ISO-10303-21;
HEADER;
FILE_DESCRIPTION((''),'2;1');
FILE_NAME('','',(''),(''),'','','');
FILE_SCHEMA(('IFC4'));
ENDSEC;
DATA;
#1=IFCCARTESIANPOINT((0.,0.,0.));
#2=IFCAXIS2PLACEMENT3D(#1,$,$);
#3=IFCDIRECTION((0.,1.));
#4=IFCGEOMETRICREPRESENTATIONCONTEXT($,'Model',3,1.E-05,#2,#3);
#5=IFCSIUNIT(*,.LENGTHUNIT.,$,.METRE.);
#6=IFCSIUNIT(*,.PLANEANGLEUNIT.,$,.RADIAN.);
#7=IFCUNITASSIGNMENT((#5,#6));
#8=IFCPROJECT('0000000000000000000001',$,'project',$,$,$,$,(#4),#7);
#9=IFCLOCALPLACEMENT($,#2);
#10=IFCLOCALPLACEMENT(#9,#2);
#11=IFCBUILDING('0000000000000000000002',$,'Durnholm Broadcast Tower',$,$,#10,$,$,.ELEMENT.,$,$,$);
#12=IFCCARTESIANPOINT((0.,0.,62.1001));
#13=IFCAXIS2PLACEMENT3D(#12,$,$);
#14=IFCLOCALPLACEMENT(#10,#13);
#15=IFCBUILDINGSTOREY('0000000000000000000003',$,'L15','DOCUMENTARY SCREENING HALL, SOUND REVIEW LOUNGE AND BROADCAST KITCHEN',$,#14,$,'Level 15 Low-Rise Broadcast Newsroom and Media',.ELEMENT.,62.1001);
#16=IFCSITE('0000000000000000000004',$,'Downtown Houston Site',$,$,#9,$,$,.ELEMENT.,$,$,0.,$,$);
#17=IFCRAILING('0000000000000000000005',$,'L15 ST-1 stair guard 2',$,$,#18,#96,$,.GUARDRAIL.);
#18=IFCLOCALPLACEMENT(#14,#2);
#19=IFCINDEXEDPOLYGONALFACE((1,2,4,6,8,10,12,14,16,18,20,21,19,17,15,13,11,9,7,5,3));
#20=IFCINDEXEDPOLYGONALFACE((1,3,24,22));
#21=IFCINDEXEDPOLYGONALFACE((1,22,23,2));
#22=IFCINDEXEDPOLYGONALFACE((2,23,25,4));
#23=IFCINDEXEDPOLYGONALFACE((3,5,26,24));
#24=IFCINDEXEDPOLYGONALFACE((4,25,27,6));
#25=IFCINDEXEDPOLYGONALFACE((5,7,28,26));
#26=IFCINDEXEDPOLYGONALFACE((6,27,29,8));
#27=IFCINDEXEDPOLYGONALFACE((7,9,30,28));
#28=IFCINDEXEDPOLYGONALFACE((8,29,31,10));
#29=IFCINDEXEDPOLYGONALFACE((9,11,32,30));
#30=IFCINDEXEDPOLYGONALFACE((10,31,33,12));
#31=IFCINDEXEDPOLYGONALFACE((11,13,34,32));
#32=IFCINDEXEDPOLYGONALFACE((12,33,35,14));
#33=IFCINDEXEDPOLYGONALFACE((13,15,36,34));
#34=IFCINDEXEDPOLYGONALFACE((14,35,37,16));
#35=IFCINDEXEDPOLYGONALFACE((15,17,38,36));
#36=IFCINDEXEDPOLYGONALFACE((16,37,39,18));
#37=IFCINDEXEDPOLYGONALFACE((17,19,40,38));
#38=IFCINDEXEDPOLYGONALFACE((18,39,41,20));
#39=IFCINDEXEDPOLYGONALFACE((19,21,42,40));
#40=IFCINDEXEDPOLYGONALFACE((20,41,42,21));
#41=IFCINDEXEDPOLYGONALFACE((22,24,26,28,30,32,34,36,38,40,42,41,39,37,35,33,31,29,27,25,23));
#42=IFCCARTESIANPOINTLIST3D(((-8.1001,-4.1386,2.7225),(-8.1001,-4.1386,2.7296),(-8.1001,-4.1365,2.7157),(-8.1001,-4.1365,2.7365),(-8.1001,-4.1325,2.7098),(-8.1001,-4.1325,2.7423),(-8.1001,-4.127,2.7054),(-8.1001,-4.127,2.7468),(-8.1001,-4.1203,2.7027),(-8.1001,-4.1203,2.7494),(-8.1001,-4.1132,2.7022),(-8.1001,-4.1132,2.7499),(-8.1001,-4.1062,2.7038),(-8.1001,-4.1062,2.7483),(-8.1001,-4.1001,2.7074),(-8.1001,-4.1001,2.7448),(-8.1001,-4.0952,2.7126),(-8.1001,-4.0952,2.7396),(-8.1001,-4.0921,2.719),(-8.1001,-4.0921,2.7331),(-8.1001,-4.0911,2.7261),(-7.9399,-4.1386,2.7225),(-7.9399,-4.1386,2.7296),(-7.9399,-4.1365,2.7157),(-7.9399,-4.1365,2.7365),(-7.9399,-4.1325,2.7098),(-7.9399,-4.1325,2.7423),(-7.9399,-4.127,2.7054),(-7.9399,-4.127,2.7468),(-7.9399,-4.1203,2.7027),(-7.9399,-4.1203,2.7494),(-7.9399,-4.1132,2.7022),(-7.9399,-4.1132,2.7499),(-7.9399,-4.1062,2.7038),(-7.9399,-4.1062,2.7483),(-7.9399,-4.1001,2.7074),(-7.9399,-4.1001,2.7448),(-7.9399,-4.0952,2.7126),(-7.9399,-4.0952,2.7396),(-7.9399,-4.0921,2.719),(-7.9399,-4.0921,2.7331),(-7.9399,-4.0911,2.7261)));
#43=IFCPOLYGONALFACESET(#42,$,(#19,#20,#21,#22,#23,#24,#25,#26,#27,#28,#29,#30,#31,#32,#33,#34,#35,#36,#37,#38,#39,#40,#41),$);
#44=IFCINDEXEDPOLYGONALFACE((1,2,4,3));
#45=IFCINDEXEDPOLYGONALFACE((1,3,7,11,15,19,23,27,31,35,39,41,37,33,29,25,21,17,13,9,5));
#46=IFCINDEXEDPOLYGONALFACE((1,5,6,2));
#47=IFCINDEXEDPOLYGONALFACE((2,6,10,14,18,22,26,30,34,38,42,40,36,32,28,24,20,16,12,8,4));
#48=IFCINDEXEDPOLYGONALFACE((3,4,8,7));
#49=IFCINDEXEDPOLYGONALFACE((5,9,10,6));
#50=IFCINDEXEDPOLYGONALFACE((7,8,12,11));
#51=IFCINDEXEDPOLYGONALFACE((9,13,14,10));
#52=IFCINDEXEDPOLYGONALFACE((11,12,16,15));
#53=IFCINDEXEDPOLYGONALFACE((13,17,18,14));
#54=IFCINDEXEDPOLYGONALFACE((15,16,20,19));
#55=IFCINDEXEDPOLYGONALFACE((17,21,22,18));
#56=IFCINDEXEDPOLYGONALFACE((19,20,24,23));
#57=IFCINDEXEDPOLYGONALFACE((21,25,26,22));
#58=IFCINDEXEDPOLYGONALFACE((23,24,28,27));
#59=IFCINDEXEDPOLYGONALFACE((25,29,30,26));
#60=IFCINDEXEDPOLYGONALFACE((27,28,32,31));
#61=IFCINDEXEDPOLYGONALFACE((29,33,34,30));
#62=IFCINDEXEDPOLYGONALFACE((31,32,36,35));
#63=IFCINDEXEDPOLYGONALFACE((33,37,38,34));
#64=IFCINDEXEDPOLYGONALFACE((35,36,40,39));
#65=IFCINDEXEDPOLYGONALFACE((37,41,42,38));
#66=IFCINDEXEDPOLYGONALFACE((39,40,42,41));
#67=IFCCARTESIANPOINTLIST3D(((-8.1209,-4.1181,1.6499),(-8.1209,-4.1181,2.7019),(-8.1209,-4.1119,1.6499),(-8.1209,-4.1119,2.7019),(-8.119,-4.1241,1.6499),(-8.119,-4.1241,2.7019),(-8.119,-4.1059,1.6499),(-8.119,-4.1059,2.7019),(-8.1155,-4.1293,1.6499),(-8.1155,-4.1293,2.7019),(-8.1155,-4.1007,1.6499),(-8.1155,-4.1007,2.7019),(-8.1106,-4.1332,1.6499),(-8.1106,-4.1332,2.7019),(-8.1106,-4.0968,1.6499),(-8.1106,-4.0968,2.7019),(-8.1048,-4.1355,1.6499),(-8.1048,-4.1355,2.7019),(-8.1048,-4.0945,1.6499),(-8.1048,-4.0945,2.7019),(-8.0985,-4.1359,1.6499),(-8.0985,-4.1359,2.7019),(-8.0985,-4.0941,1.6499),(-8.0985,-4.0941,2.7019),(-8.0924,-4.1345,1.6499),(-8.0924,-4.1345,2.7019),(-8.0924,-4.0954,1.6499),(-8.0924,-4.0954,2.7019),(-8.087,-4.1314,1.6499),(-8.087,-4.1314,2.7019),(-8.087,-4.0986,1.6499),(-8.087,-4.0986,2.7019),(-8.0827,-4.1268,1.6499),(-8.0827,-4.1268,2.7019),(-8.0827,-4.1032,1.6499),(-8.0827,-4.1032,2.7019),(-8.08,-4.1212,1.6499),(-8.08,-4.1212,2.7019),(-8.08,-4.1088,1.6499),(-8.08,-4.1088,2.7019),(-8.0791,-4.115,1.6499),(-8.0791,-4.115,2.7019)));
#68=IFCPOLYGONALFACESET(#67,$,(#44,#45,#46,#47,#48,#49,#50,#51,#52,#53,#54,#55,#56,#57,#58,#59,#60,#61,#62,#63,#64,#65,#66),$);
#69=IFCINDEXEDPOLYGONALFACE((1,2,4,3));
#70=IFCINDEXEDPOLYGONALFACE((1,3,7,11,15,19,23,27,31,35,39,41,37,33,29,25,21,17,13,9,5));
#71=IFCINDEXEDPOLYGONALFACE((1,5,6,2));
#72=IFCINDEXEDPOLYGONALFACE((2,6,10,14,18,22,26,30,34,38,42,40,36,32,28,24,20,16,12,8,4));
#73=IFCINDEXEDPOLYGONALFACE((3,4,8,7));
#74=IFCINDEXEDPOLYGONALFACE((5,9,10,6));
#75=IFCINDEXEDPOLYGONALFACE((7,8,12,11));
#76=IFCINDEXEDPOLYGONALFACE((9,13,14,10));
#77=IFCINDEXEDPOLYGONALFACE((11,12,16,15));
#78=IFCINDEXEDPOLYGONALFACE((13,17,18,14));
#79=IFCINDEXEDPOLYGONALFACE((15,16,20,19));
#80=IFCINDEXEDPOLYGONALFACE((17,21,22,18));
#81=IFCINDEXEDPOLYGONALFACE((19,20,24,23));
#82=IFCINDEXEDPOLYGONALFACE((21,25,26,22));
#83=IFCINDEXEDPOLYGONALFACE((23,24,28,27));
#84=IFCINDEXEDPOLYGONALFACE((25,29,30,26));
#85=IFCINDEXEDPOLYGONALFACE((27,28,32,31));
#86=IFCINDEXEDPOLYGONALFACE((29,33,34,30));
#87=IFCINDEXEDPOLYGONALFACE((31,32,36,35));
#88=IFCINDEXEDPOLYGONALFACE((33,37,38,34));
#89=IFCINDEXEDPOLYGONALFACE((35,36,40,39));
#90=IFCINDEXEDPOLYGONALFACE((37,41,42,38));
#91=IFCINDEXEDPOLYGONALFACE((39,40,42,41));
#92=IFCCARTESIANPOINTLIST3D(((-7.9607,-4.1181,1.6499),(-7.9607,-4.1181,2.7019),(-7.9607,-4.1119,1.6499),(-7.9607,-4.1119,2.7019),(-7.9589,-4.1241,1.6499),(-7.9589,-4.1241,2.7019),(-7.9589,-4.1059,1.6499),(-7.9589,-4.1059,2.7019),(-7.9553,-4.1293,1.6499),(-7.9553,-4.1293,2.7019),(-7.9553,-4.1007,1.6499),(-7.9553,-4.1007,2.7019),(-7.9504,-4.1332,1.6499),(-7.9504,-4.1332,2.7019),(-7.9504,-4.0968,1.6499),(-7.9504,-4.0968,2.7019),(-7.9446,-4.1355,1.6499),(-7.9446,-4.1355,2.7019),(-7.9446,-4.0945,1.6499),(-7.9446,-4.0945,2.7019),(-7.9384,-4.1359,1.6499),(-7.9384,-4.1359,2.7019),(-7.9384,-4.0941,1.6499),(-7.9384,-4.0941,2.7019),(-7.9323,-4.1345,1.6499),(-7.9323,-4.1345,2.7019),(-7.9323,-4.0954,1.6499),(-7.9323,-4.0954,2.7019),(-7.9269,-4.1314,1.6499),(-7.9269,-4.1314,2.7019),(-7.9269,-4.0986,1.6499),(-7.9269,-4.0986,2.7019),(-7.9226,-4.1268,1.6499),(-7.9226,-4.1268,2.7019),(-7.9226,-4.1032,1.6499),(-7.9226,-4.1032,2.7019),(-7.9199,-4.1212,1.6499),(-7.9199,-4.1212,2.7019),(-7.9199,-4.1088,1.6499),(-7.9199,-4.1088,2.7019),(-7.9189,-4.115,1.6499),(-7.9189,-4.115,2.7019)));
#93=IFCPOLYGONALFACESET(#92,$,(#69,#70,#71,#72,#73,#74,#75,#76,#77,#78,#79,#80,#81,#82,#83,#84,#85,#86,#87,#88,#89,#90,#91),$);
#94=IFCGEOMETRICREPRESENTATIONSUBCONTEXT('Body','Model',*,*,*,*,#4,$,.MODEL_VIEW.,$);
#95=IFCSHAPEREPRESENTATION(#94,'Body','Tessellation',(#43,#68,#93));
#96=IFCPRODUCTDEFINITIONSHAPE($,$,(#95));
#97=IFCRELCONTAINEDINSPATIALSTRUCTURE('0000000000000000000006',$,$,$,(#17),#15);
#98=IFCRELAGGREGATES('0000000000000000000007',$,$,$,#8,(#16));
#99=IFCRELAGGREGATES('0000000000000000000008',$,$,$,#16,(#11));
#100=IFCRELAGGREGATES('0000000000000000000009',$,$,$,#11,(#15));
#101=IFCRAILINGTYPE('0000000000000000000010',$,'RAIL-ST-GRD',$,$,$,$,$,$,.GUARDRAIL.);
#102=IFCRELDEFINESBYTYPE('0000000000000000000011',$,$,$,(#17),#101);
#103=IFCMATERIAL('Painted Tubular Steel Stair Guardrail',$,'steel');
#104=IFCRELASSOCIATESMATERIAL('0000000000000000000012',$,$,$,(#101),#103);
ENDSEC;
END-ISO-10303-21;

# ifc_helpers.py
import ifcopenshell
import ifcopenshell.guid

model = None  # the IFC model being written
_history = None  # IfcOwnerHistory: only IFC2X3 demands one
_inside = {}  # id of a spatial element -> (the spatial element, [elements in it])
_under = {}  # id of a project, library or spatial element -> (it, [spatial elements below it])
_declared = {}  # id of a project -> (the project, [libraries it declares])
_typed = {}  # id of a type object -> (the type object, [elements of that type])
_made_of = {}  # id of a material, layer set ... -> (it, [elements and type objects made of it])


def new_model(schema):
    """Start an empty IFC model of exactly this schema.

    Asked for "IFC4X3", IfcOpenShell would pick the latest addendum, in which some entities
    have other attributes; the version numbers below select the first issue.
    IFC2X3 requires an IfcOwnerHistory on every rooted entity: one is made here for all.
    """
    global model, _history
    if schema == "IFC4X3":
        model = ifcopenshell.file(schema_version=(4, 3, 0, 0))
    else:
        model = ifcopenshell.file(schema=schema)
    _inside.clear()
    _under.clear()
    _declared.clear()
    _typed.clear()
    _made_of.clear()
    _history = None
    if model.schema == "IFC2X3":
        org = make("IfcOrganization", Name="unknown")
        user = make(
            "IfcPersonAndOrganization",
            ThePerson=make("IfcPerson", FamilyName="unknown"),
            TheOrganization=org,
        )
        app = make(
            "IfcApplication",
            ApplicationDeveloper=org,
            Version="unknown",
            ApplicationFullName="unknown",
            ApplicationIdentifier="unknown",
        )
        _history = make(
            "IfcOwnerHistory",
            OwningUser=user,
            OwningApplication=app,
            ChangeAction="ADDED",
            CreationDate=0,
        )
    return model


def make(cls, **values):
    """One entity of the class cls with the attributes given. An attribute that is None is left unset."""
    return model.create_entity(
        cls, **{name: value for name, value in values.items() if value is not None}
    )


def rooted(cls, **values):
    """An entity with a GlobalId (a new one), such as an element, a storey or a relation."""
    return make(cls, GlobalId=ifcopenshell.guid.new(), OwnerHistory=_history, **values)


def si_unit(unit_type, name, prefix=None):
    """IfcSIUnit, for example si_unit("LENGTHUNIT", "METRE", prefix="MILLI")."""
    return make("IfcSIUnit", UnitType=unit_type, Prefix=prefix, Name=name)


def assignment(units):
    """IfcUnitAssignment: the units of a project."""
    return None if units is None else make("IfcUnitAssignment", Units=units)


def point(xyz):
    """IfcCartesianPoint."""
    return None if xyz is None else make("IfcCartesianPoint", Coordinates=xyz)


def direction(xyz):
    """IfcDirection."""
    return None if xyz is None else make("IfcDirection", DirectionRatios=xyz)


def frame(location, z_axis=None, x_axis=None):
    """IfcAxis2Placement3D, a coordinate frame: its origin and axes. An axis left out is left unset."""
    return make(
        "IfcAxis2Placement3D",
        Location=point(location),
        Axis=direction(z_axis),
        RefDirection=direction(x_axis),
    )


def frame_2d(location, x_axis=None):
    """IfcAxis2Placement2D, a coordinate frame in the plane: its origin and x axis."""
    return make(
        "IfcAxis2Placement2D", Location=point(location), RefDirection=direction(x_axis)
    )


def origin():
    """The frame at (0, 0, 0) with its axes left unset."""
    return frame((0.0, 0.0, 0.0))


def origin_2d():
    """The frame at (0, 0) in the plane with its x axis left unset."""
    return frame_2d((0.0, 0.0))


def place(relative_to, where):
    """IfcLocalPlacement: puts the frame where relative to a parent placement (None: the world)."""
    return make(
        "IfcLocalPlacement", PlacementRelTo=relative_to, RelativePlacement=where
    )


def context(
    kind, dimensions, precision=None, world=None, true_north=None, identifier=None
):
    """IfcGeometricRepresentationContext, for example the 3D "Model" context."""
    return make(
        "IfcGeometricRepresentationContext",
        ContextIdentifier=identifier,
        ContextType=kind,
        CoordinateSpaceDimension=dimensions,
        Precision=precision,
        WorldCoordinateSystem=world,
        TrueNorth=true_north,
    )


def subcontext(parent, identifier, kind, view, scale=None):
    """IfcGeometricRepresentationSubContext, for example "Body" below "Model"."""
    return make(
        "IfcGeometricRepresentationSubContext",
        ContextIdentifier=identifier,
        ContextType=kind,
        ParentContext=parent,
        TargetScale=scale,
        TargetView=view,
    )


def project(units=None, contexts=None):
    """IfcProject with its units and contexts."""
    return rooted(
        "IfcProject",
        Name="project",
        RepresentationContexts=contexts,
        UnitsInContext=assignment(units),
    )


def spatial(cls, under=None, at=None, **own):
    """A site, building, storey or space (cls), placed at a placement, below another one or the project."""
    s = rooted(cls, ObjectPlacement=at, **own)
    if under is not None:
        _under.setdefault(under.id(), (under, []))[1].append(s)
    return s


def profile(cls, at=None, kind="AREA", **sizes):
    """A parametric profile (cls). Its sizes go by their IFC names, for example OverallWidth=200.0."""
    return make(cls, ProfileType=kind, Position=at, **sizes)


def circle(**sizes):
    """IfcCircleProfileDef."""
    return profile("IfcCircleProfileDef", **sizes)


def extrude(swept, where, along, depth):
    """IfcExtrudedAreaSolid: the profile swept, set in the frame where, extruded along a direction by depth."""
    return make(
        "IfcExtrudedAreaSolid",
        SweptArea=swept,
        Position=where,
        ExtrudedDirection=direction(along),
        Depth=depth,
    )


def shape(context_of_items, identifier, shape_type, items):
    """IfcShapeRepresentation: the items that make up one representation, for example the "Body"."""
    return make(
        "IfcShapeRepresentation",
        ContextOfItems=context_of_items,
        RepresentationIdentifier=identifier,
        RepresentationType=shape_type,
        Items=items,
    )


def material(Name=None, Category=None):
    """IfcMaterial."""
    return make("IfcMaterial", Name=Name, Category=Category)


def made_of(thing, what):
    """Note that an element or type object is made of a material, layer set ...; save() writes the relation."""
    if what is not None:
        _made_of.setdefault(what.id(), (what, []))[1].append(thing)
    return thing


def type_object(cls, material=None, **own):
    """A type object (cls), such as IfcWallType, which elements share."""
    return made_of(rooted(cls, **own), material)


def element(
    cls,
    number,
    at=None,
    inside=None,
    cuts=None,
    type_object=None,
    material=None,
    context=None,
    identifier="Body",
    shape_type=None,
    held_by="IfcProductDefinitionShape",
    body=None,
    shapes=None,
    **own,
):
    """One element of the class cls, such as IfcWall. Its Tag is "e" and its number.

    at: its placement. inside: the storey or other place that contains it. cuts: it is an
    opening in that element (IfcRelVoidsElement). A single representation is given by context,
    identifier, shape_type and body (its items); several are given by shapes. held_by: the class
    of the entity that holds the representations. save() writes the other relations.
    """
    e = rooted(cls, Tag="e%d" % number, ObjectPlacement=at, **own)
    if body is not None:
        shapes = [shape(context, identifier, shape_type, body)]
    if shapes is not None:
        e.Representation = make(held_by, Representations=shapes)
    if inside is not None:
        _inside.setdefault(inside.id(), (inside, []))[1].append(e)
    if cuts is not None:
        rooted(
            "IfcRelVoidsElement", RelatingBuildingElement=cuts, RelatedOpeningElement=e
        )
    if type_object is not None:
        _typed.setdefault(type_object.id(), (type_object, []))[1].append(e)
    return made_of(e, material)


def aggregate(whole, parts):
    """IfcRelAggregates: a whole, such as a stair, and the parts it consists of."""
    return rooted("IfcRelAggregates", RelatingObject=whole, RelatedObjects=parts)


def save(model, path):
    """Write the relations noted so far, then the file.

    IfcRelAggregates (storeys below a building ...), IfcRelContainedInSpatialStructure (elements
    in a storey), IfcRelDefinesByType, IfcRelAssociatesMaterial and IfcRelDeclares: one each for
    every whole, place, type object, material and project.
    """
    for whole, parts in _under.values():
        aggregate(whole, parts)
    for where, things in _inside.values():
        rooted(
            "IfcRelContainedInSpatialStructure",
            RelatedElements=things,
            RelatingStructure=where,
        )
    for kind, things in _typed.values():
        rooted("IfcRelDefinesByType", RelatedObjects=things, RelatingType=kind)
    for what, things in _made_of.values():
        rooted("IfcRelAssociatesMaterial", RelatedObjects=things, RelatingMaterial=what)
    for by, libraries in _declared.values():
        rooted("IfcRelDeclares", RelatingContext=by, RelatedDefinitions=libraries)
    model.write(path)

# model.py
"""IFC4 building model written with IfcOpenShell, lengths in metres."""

from ifc_helpers import new_model, si_unit, direction, frame, origin, origin_2d, place, context, subcontext, project, spatial, circle, extrude, material, type_object, element, save


model = new_model("IFC4")

# Units and contexts
model_context = context("Model", 3, precision=1e-05, world=origin(), true_north=direction((0.0, 1.0)))
body_context = subcontext(model_context, "Body", "Model", "MODEL_VIEW")
ifc_project = project(units=[si_unit("LENGTHUNIT", "METRE"), si_unit("PLANEANGLEUNIT", "RADIAN")], contexts=[model_context])

# Site, building, storey
site_placement = place(None, origin())
site = spatial("IfcSite", under=ifc_project, at=site_placement, Name="Downtown Houston Site", CompositionType="ELEMENT", RefElevation=0.0)
building_placement = place(site_placement, origin())
building = spatial("IfcBuilding", under=site, at=building_placement, Name="Durnholm Broadcast Tower", CompositionType="ELEMENT")
storey_placement = place(building_placement, frame((0.0, 0.0, 62.1001)))
storey = spatial("IfcBuildingStorey", under=building, at=storey_placement, Name="L15", Description="DOCUMENTARY SCREENING HALL, SOUND REVIEW LOUNGE AND BROADCAST KITCHEN", LongName="Level 15 Low-Rise Broadcast Newsroom and Media", CompositionType="ELEMENT", Elevation=62.1001)

# Railing
ifc_material_1 = material(Name="Painted Tubular Steel Stair Guardrail", Category="steel")
railing_type_1 = type_object("IfcRailingType", Name="RAIL-ST-GRD", PredefinedType="GUARDRAIL", material=ifc_material_1)
railing_1_placement = place(storey_placement, frame((-8.1001, -4.115, 1.6499)))
element("IfcRailing", 1, at=railing_1_placement, inside=storey, type_object=railing_type_1, Name="L15 ST-1 stair guard 2", PredefinedType="GUARDRAIL", context=body_context, shape_type="SweptSolid", body=[
    extrude(circle(Radius=0.0239, at=origin_2d()), frame((0.0, 0.0, 1.0762), z_axis=(1.0, 0.0, 0.0), x_axis=(0.0, 1.0, 0.0)), (0.0, 0.0, 1.0), 0.1602),
    extrude(circle(Radius=0.021, at=origin_2d()), origin(), (0.0, 0.0, 1.0), 1.052),
    extrude(circle(Radius=0.021, at=origin_2d()), frame((0.1602, 0.0, 0.0)), (0.0, 0.0, 1.0), 1.052),
])

save(model, "model.ifc")
